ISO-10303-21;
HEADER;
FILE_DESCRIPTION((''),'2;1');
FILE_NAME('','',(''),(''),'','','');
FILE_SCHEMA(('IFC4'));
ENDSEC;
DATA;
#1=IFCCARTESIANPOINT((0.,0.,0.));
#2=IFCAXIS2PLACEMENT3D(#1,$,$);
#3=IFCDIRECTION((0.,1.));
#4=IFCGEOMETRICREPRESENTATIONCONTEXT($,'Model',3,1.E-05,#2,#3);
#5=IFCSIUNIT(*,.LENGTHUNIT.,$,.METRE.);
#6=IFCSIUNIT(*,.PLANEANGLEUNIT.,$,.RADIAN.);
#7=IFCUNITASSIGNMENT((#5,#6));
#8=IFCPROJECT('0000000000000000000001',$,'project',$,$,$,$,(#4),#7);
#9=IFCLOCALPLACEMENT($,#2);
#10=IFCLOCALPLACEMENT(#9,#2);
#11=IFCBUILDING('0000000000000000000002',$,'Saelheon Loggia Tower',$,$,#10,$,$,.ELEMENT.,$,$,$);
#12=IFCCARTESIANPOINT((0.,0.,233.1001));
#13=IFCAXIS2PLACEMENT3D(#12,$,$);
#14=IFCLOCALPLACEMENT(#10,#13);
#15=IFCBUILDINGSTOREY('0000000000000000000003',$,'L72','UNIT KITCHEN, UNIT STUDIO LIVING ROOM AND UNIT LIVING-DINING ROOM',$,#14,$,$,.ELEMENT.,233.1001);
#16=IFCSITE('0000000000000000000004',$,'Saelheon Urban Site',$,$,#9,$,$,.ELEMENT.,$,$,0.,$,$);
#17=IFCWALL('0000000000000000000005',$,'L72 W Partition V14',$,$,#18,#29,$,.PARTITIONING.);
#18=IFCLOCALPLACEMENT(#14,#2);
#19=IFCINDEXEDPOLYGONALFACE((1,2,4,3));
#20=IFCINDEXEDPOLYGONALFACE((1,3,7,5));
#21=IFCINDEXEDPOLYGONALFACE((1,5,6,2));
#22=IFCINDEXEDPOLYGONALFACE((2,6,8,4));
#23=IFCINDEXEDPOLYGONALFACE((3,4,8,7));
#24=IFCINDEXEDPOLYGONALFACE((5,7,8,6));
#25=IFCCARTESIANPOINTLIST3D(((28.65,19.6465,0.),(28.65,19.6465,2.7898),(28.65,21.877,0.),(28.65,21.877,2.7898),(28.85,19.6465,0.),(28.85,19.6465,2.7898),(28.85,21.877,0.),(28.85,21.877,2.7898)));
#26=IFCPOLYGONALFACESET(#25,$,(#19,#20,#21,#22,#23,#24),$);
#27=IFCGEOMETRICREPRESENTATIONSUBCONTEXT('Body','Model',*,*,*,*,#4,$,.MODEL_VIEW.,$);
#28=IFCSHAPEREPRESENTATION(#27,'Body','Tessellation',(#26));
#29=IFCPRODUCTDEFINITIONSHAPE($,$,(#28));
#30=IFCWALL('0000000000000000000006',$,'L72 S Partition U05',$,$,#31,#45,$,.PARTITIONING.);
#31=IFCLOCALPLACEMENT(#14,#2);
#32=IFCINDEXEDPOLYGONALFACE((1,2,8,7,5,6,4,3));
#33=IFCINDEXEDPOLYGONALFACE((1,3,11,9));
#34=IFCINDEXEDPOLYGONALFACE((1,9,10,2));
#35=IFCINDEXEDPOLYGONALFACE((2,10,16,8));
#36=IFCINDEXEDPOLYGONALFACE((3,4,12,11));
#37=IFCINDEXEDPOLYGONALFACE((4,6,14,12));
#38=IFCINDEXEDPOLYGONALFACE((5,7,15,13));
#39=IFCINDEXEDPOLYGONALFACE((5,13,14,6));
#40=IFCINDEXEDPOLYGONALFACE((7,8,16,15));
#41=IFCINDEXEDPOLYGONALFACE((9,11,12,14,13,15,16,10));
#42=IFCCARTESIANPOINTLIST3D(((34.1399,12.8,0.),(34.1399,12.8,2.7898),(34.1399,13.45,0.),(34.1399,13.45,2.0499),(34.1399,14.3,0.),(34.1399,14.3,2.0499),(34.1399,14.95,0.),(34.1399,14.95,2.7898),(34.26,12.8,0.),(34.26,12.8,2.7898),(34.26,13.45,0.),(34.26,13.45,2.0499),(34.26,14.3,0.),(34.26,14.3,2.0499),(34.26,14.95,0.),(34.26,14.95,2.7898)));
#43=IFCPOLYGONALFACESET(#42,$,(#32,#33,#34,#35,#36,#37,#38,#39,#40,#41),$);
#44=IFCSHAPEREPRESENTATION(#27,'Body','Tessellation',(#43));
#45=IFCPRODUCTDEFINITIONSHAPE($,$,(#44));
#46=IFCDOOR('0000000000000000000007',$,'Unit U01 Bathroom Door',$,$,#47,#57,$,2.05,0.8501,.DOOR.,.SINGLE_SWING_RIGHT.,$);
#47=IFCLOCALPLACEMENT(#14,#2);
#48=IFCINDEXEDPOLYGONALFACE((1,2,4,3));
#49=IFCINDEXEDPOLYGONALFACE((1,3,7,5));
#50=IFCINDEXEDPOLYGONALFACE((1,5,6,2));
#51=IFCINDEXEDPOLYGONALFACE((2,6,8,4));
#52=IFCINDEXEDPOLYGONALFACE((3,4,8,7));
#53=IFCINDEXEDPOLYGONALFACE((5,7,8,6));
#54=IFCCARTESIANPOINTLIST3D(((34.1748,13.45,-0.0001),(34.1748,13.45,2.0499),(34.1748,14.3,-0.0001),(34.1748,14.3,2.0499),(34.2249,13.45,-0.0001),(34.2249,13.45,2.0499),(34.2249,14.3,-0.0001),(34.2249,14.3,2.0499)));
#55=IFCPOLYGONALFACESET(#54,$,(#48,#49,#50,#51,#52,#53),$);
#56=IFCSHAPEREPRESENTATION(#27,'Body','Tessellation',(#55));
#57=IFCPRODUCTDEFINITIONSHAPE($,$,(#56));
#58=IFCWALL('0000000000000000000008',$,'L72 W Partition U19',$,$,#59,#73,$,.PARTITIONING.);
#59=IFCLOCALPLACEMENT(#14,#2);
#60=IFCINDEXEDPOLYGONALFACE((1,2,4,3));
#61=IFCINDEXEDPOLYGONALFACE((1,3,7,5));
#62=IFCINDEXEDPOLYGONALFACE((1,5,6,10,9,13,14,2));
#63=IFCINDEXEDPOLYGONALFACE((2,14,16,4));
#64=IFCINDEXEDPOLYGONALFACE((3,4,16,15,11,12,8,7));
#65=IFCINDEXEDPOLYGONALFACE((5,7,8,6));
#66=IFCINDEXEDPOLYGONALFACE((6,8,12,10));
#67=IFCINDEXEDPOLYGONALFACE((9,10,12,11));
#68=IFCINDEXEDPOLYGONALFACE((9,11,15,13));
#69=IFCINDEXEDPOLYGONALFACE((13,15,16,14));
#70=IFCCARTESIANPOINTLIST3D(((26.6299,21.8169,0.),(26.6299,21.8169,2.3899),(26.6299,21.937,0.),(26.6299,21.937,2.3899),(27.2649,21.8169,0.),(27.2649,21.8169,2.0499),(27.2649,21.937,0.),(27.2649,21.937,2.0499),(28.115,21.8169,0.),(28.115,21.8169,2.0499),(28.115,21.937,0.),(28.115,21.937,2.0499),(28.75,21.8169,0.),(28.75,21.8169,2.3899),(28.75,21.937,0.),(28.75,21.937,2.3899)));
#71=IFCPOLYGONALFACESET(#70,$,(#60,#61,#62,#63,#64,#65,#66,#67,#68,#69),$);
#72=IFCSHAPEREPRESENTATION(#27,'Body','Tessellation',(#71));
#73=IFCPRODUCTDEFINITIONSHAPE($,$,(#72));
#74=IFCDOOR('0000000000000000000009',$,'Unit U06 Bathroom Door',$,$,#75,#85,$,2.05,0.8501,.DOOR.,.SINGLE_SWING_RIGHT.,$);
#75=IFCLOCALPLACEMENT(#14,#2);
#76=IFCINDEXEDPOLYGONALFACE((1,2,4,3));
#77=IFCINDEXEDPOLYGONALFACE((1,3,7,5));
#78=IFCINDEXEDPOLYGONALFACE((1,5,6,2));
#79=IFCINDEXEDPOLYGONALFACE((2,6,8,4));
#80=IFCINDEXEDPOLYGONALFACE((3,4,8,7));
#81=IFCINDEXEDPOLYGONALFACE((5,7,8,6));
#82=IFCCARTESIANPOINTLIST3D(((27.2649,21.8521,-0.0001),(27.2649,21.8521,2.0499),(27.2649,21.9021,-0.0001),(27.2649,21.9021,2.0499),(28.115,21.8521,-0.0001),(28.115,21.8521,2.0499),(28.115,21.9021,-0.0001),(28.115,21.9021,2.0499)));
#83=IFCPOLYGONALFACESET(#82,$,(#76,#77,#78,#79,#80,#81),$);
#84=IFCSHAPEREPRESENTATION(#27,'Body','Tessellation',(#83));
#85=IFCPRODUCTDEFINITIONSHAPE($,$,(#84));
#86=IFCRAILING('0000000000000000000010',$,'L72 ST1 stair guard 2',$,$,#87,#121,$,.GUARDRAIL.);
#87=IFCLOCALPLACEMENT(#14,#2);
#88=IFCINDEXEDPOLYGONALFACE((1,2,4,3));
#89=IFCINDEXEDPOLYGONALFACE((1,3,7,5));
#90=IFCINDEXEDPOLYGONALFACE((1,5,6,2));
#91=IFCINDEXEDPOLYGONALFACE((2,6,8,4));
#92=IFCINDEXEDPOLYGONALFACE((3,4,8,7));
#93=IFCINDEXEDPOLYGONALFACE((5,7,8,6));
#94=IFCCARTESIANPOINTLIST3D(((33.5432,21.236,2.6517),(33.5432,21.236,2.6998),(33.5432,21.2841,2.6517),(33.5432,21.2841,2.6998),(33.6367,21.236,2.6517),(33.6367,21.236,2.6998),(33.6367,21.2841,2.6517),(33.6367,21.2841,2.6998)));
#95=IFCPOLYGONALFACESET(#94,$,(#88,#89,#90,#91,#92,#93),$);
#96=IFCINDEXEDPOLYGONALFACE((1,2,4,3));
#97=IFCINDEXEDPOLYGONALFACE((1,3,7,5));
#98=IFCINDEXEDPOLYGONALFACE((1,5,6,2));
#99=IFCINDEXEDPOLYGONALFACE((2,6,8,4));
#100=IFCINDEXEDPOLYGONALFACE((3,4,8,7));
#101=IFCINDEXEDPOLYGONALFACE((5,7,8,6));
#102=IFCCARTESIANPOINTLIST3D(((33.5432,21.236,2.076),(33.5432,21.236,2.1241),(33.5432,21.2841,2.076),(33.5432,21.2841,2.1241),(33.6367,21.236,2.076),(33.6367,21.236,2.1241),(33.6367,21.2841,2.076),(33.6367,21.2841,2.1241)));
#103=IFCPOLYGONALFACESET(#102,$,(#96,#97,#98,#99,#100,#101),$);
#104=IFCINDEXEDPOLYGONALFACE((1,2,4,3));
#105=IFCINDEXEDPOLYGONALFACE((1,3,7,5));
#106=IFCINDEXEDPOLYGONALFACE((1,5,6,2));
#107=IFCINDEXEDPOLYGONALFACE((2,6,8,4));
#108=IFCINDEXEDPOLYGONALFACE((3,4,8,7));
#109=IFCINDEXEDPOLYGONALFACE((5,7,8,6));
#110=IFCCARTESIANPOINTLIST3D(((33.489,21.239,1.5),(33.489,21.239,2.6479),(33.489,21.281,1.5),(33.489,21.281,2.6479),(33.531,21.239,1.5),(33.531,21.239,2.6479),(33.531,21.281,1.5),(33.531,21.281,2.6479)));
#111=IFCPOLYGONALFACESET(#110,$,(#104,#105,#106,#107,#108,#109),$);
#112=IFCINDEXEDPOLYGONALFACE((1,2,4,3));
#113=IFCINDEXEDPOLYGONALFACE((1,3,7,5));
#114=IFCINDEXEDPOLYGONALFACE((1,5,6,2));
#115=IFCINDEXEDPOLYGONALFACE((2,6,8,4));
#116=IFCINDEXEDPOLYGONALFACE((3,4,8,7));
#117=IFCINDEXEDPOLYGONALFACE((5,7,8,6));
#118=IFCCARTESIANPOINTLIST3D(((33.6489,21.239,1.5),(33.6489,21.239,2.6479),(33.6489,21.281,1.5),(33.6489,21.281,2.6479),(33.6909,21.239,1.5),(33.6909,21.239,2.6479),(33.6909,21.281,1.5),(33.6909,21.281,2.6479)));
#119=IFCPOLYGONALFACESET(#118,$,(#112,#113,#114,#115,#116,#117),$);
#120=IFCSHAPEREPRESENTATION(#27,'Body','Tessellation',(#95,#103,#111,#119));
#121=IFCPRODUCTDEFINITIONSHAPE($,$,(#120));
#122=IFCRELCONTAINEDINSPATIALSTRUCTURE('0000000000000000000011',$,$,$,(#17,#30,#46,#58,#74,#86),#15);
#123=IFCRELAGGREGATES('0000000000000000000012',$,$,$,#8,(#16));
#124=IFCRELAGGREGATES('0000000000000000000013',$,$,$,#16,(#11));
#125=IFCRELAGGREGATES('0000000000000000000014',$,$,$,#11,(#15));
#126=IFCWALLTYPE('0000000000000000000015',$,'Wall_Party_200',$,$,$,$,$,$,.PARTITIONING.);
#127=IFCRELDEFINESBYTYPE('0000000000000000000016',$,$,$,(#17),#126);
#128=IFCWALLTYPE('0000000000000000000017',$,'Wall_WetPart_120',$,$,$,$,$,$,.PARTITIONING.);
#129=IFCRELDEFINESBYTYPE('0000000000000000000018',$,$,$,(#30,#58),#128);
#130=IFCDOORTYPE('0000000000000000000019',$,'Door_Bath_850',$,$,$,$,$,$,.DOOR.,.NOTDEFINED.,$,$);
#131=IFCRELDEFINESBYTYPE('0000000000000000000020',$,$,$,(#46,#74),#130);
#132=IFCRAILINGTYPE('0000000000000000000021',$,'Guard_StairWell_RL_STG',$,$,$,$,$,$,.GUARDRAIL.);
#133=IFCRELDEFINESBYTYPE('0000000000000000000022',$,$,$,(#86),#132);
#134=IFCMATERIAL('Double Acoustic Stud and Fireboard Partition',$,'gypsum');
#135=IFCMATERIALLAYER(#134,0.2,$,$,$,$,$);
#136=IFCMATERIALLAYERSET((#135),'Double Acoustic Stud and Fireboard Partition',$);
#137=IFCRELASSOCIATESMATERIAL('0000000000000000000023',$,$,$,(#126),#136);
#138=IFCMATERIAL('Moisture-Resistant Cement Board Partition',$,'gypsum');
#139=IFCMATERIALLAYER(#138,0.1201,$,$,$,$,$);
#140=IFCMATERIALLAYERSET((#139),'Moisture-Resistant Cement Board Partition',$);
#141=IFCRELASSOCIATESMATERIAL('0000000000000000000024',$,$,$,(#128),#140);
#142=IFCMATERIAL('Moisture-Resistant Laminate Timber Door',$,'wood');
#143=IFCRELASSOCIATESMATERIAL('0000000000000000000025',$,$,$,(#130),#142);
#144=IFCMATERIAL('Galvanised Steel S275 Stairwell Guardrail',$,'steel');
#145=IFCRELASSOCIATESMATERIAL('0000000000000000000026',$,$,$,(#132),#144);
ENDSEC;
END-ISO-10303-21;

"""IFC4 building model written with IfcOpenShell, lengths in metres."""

from ifc_helpers import new_model, si_unit, direction, frame, frame_2d, origin, origin_2d, place, context, subcontext, project, spatial, rectangle, extrude, source, transform, mapped, material, layer, layer_set, type_object, element, fill, save


model = new_model("IFC4")

# Units and contexts
model_context = context("Model", 3, precision=1e-05, world=origin(), true_north=direction((0.0, 1.0)))
body_context = subcontext(model_context, "Body", "Model", "MODEL_VIEW")
ifc_project = project(units=[si_unit("LENGTHUNIT", "METRE"), si_unit("PLANEANGLEUNIT", "RADIAN")], contexts=[model_context])

# Site, building, storey
site_placement = place(None, origin())
site = spatial("IfcSite", under=ifc_project, at=site_placement, Name="Saelheon Urban Site", CompositionType="ELEMENT", RefElevation=0.0)
building_placement = place(site_placement, origin())
building = spatial("IfcBuilding", under=site, at=building_placement, Name="Saelheon Loggia Tower", CompositionType="ELEMENT")
storey_placement = place(building_placement, frame((0.0, 0.0, 233.1001)))
storey = spatial("IfcBuildingStorey", under=building, at=storey_placement, Name="L72", Description="UNIT KITCHEN, UNIT STUDIO LIVING ROOM AND UNIT LIVING-DINING ROOM", CompositionType="ELEMENT", Elevation=233.1001)

# Shared definitions
ifc_material_1 = material(Name="Double Acoustic Stud and Fireboard Partition", Category="gypsum")
ifc_layer_1 = layer(ifc_material_1, 0.2)
ifc_layer_set_1 = layer_set([ifc_layer_1], Name="Double Acoustic Stud and Fireboard Partition")
wall_type_1 = type_object("IfcWallType", Name="Wall_Party_200", PredefinedType="PARTITIONING", material=ifc_layer_set_1)

# Wall
wall_1_placement = place(storey_placement, frame((28.75, 19.6465, 0.0), z_axis=(0.0, 0.0, 1.0), x_axis=(0.0, 1.0, 0.0)))
element("IfcWall", 1, at=wall_1_placement, inside=storey, type_object=wall_type_1, Name="L72 W Partition V14", PredefinedType="PARTITIONING", context=body_context, shape_type="SweptSolid", body=[
    extrude(rectangle(XDim=2.2305, YDim=0.2, at=frame_2d((1.1152, 0.0))), origin(), (0.0, 0.0, 1.0), 2.7898),
])

# Walls, openings, doors
ifc_material_2 = material(Name="Moisture-Resistant Cement Board Partition", Category="gypsum")
ifc_layer_2 = layer(ifc_material_2, 0.1201)
ifc_layer_set_2 = layer_set([ifc_layer_2], Name="Moisture-Resistant Cement Board Partition")
wall_type_2 = type_object("IfcWallType", Name="Wall_WetPart_120", PredefinedType="PARTITIONING", material=ifc_layer_set_2)
wall_2_placement = place(storey_placement, frame((34.2, 14.95, 0.0), z_axis=(0.0, 0.0, 1.0), x_axis=(0.0, -1.0, 0.0)))
wall_2 = element("IfcWall", 2, at=wall_2_placement, inside=storey, type_object=wall_type_2, Name="L72 S Partition U05", PredefinedType="PARTITIONING", context=body_context, shape_type="SweptSolid", body=[
    extrude(rectangle(XDim=2.1499, YDim=0.1201, at=frame_2d((1.075, 0.0))), origin(), (0.0, 0.0, 1.0), 2.7898),
])
opening_1_placement = place(wall_2_placement, frame((0.6499, 0.0, 0.0)))
opening_1 = element("IfcOpeningElement", 3, at=opening_1_placement, cuts=wall_2, PredefinedType="OPENING", context=body_context, shape_type="SweptSolid", body=[
    extrude(rectangle(XDim=0.8501, YDim=2.05, at=frame_2d((0.425, 1.0249))), frame((0.0, 0.072, 0.0), z_axis=(0.0, -1.0, 0.0), x_axis=(1.0, 0.0, 0.0)), (0.0, 0.0, 1.0), 0.144),
])
ifc_material_3 = material(Name="Moisture-Resistant Laminate Timber Door", Category="wood")
door_type_1 = type_object("IfcDoorType", Name="Door_Bath_850", OperationType="NOTDEFINED", PredefinedType="DOOR", material=ifc_material_3)
shared_shape_1 = source(origin(), body_context, "Body", "SweptSolid", [
    extrude(rectangle(XDim=0.8501, YDim=2.05, at=frame_2d((0.425, 1.0249))), frame((0.0, 0.0249, 0.0), z_axis=(0.0, -1.0, 0.0), x_axis=(1.0, 0.0, 0.0)), (0.0, 0.0, 1.0), 0.05),
])
door_1_placement = place(opening_1_placement, origin())
door_1 = element("IfcDoor", 4, at=door_1_placement, inside=storey, type_object=door_type_1, Name="Unit U01 Bathroom Door", OperationType="SINGLE_SWING_RIGHT", OverallHeight=2.05, OverallWidth=0.8501, PredefinedType="DOOR", context=body_context, shape_type="MappedRepresentation", body=[
    mapped(shared_shape_1, transform((0.0, 0.0, 0.0), scale=1.0)),
])
fill(opening_1, door_1)
wall_3_placement = place(storey_placement, frame((28.75, 21.877, 0.0), z_axis=(0.0, 0.0, 1.0), x_axis=(-1.0, 0.0, 0.0)))
wall_3 = element("IfcWall", 5, at=wall_3_placement, inside=storey, type_object=wall_type_2, Name="L72 W Partition U19", PredefinedType="PARTITIONING", context=body_context, shape_type="SweptSolid", body=[
    extrude(rectangle(XDim=2.1201, YDim=0.1201, at=frame_2d((1.0601, 0.0))), origin(), (0.0, 0.0, 1.0), 2.3899),
])
opening_2_placement = place(wall_3_placement, frame((0.635, 0.0, 0.0)))
opening_2 = element("IfcOpeningElement", 6, at=opening_2_placement, cuts=wall_3, PredefinedType="OPENING", context=body_context, shape_type="SweptSolid", body=[
    extrude(rectangle(XDim=0.8501, YDim=2.05, at=frame_2d((0.425, 1.0249))), frame((0.0, 0.072, 0.0), z_axis=(0.0, -1.0, 0.0), x_axis=(1.0, 0.0, 0.0)), (0.0, 0.0, 1.0), 0.144),
])
door_2_placement = place(opening_2_placement, origin())
door_2 = element("IfcDoor", 7, at=door_2_placement, inside=storey, type_object=door_type_1, Name="Unit U06 Bathroom Door", OperationType="SINGLE_SWING_RIGHT", OverallHeight=2.05, OverallWidth=0.8501, PredefinedType="DOOR", context=body_context, shape_type="MappedRepresentation", body=[
    mapped(shared_shape_1, transform((0.0, 0.0, 0.0), scale=1.0)),
])
fill(opening_2, door_2)

# Railing
ifc_material_4 = material(Name="Galvanised Steel S275 Stairwell Guardrail", Category="steel")
railing_type = type_object("IfcRailingType", Name="Guard_StairWell_RL_STG", PredefinedType="GUARDRAIL", material=ifc_material_4)
railing_1_placement = place(storey_placement, frame((33.51, 21.26, 1.5)))
element("IfcRailing", 8, at=railing_1_placement, inside=storey, type_object=railing_type, Name="L72 ST1 stair guard 2", PredefinedType="GUARDRAIL", context=body_context, shape_type="SweptSolid", body=[
    extrude(rectangle(XDim=0.0481, YDim=0.0481, at=origin_2d()), frame((0.0332, 0.0, 1.1758), z_axis=(1.0, 0.0, 0.0), x_axis=(0.0, 1.0, 0.0)), (0.0, 0.0, 1.0), 0.0935),
    extrude(rectangle(XDim=0.0481, YDim=0.0481, at=origin_2d()), frame((0.0332, 0.0, 0.6001), z_axis=(1.0, 0.0, 0.0), x_axis=(0.0, 1.0, 0.0)), (0.0, 0.0, 1.0), 0.0935),
    extrude(rectangle(XDim=0.042, YDim=0.042, at=origin_2d()), origin(), (0.0, 0.0, 1.0), 1.1479),
    extrude(rectangle(XDim=0.042, YDim=0.042, at=origin_2d()), frame((0.1599, 0.0, 0.0)), (0.0, 0.0, 1.0), 1.1479),
])

save(model, "model.ifc")
